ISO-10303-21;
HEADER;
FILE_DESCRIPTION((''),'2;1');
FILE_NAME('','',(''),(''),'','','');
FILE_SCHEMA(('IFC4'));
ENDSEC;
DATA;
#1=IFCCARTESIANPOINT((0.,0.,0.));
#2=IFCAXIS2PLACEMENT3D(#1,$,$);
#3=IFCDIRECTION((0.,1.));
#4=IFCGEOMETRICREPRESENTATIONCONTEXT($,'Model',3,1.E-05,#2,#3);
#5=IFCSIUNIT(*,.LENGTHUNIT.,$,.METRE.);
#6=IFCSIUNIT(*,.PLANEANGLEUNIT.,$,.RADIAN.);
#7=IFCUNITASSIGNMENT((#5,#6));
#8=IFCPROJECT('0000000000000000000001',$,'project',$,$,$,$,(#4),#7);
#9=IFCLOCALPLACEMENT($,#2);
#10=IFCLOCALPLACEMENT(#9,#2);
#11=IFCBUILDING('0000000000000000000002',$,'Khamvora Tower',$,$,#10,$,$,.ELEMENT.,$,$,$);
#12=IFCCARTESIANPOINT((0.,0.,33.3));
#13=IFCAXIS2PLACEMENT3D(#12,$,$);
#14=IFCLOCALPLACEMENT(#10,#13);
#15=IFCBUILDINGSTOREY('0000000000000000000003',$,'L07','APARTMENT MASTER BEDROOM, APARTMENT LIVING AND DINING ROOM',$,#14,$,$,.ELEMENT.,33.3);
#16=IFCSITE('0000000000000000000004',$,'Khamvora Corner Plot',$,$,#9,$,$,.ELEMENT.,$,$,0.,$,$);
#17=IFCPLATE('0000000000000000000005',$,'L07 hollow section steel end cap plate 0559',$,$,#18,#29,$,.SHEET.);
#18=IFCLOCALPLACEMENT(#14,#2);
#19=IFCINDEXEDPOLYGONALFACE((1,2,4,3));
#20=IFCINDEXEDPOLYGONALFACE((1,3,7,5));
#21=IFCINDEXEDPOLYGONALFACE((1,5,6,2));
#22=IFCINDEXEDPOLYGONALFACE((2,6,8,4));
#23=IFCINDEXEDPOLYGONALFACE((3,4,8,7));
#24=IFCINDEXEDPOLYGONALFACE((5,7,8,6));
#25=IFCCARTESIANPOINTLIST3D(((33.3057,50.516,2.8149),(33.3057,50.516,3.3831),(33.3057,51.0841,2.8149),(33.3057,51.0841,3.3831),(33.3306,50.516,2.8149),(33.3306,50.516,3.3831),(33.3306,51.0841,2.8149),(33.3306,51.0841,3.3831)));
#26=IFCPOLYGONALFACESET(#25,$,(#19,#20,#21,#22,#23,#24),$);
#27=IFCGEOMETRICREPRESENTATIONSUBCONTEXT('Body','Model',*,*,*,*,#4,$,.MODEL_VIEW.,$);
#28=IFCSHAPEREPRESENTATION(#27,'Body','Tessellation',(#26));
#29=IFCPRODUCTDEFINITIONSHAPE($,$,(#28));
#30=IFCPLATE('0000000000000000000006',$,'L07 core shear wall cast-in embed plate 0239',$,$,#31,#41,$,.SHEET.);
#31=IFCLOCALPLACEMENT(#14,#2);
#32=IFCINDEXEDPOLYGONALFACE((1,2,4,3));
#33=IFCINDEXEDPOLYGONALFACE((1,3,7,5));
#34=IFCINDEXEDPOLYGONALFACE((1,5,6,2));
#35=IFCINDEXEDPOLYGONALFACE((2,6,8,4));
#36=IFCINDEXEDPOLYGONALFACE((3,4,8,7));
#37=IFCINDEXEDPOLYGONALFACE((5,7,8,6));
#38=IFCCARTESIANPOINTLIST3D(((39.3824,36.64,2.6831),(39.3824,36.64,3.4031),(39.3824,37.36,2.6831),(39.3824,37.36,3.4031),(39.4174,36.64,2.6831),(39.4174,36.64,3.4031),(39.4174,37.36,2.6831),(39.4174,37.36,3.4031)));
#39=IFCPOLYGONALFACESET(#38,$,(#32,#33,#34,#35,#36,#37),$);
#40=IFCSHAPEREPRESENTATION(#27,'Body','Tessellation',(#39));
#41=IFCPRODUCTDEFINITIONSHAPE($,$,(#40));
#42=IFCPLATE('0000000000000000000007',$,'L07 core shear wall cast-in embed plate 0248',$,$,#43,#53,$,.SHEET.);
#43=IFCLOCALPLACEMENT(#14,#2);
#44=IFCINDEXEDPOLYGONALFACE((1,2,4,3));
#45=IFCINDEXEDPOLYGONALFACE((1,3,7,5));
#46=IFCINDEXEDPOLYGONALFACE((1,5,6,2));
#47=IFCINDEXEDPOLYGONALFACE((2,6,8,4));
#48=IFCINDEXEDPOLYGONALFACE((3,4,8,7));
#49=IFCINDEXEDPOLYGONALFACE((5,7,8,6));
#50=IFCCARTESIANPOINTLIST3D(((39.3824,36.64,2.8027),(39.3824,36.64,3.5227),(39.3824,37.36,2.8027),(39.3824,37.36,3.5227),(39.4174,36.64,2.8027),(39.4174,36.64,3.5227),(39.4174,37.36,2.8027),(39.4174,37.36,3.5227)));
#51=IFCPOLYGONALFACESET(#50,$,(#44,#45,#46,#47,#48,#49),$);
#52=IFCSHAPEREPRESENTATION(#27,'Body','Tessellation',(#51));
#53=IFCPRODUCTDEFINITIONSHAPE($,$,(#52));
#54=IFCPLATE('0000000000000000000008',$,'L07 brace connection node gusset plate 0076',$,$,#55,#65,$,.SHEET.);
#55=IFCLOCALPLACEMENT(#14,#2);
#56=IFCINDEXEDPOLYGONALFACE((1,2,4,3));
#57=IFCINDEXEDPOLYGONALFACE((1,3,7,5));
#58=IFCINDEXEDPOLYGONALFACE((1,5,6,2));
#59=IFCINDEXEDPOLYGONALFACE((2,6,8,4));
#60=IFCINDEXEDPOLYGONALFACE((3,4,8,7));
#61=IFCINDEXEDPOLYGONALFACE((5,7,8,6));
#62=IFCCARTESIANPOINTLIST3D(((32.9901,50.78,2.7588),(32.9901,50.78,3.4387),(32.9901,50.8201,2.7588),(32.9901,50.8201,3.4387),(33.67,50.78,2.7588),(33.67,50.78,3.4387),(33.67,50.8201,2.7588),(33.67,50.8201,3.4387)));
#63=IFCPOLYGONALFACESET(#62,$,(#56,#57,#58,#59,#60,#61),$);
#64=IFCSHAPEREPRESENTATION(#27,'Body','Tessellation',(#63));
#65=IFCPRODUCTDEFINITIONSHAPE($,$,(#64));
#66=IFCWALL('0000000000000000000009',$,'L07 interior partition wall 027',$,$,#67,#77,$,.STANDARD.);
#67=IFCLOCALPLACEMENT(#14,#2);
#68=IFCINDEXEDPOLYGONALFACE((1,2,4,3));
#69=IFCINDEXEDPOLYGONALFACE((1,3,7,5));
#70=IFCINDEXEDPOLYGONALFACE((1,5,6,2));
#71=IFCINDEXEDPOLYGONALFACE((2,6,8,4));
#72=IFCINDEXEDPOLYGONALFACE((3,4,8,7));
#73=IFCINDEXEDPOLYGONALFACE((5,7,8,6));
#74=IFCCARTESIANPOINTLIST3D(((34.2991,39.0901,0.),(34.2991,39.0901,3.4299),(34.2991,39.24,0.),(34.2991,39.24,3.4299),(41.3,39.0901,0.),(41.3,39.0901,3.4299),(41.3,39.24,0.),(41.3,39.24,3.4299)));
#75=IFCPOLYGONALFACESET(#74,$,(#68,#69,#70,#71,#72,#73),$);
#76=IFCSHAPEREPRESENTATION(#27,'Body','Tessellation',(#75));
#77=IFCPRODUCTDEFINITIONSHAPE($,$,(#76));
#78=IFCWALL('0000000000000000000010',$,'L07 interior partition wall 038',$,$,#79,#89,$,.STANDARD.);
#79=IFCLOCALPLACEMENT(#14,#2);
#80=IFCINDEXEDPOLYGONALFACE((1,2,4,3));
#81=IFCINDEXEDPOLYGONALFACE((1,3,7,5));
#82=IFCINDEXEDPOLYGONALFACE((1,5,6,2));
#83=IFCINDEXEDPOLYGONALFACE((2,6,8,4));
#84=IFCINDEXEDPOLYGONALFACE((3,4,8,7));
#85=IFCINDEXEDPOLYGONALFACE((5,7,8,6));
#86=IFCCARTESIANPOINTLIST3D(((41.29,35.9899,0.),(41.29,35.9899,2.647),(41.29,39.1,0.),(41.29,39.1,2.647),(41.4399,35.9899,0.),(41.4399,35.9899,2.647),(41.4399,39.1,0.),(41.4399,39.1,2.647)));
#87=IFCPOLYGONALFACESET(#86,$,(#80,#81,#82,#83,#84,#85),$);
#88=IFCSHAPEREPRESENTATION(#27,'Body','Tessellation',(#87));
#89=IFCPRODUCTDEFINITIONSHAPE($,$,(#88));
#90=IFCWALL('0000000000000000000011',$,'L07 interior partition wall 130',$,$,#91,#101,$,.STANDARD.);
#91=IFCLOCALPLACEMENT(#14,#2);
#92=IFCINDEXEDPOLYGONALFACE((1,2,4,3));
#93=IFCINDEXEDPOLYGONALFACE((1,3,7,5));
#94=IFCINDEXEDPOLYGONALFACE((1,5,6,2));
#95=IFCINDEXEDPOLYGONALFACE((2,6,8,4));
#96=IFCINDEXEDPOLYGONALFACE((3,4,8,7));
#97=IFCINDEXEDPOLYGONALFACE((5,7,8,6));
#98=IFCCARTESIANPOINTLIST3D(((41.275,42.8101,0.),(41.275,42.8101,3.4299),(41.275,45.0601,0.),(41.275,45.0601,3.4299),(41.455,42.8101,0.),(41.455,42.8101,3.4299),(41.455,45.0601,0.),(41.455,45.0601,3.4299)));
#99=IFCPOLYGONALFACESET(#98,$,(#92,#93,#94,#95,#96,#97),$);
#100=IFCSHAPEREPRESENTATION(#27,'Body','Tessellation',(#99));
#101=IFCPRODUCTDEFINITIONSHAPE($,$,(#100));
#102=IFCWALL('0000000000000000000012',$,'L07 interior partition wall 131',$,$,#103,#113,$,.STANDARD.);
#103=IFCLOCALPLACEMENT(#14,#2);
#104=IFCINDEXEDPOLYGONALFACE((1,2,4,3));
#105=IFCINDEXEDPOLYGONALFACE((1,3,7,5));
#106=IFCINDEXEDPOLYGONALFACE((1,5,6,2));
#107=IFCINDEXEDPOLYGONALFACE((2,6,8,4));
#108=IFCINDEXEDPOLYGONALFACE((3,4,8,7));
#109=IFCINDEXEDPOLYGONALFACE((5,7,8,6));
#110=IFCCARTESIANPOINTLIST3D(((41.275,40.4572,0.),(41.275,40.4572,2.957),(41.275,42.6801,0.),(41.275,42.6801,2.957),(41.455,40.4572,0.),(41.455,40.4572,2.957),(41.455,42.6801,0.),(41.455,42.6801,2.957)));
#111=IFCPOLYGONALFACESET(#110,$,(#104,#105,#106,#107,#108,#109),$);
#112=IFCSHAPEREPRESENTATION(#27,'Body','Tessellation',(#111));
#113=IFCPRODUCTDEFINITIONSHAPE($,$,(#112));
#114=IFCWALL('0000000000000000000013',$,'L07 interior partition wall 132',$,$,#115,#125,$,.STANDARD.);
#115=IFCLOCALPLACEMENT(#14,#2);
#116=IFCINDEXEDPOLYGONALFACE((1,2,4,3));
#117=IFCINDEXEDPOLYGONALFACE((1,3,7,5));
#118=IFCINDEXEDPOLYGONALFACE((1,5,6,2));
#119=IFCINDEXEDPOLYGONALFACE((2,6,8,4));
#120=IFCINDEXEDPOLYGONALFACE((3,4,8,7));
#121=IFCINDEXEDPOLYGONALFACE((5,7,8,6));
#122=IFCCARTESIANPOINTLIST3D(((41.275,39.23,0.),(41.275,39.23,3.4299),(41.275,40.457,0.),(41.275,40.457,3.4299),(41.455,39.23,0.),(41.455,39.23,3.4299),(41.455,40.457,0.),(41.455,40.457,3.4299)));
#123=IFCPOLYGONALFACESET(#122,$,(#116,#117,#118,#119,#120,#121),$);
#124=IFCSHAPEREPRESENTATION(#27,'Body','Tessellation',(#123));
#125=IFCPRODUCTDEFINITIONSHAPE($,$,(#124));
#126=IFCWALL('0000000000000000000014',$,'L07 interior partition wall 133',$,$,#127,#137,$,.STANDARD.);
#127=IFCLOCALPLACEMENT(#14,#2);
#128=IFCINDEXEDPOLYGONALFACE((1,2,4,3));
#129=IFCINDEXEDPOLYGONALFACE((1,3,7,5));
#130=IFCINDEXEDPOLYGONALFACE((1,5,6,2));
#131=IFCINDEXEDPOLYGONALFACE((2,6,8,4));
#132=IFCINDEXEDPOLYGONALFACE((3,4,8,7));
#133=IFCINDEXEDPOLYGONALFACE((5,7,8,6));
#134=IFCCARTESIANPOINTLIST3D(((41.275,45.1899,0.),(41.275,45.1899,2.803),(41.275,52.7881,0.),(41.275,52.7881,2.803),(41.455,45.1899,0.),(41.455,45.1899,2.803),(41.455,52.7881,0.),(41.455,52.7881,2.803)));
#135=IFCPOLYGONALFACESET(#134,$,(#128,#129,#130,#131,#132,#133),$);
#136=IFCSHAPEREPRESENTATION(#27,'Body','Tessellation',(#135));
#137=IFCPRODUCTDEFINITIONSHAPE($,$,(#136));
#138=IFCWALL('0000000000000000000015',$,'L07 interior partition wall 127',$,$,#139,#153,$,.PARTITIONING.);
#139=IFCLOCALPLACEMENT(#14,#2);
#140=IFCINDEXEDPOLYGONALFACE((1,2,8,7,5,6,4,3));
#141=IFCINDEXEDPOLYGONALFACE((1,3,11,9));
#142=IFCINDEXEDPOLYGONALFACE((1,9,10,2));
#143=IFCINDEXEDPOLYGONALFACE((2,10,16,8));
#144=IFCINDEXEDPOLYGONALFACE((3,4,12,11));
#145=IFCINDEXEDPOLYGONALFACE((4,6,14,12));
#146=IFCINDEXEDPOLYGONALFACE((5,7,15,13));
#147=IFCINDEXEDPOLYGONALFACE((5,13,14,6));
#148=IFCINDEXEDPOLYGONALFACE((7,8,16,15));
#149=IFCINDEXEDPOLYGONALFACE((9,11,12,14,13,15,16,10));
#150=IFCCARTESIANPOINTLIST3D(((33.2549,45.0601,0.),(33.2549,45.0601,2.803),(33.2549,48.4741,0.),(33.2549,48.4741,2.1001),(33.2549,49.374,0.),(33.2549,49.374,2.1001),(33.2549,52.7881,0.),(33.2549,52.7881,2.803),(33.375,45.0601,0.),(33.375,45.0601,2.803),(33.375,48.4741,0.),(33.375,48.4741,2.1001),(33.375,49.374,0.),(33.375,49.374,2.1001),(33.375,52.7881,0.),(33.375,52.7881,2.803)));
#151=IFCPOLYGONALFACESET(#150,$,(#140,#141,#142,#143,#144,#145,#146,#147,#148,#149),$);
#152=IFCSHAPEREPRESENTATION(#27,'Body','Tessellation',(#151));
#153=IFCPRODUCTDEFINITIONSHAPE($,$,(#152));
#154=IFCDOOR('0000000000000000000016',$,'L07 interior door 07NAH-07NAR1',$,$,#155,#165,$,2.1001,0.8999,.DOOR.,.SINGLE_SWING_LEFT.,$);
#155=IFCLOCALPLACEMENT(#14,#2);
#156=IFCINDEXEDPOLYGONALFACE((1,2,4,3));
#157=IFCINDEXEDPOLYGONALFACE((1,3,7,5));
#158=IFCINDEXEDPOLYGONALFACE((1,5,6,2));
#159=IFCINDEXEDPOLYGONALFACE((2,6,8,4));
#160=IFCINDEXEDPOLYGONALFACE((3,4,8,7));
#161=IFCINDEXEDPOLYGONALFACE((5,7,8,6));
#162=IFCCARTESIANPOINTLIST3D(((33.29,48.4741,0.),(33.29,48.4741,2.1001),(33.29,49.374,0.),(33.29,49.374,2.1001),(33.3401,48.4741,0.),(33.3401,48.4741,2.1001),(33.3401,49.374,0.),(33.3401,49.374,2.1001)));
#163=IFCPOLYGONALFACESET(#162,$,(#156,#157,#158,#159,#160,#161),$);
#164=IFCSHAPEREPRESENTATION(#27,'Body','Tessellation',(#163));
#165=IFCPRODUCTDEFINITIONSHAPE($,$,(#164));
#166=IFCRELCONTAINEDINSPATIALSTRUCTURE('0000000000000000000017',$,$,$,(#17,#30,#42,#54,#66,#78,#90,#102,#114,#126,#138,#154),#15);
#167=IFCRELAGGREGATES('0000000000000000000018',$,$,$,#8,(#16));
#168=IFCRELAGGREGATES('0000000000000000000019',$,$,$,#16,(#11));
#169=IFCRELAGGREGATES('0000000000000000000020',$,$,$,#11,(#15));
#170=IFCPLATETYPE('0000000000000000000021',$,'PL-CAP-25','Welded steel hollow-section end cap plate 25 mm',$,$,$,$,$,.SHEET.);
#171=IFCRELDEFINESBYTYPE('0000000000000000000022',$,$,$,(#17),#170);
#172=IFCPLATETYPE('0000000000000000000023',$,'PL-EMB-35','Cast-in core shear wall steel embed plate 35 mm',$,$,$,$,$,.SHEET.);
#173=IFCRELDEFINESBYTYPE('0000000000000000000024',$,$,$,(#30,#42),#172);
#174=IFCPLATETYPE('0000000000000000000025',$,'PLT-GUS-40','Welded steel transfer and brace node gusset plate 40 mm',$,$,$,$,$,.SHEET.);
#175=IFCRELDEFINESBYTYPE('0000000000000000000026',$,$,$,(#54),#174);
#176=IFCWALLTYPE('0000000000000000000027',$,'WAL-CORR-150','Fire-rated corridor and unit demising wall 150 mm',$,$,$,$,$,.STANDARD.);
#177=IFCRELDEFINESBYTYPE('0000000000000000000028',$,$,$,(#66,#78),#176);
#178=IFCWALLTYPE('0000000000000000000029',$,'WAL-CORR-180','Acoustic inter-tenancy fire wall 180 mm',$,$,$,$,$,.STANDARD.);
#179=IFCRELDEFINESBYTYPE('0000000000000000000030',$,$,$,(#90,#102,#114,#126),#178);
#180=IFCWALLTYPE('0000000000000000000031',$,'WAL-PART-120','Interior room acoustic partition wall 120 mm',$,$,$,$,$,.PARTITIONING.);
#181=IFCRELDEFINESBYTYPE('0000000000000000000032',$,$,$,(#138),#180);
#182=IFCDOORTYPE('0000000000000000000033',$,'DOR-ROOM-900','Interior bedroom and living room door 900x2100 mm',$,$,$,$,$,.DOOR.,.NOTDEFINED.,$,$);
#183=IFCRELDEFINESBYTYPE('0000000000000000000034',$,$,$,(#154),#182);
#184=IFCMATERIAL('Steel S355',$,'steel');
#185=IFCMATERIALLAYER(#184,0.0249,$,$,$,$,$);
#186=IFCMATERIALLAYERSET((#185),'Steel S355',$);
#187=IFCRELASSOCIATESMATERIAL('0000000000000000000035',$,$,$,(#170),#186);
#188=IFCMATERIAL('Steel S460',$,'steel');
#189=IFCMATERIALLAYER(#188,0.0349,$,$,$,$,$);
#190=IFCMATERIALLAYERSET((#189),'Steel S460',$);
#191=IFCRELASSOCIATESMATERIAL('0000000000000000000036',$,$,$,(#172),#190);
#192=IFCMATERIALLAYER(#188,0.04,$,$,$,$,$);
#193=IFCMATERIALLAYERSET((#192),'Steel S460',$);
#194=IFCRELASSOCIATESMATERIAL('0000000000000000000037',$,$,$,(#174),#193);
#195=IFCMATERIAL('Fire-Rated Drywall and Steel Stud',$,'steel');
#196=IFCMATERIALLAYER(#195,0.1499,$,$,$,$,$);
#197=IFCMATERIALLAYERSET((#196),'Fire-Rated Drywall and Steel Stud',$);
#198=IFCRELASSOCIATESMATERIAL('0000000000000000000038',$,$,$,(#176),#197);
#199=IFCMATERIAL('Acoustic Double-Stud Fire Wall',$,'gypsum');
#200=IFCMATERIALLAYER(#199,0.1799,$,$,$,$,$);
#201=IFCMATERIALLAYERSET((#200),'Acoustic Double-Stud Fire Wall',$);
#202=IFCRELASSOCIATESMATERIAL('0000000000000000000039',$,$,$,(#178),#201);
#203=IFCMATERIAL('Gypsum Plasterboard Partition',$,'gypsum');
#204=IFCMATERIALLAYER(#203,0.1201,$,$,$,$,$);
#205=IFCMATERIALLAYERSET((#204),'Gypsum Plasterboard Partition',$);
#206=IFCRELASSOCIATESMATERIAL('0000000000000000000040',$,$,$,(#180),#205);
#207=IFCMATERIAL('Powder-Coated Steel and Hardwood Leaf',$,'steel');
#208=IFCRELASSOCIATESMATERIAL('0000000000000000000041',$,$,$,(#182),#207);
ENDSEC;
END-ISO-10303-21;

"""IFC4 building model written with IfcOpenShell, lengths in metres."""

from ifc_helpers import new_model, si_unit, direction, frame, frame_2d, origin, origin_2d, place, context, subcontext, project, spatial, rectangle, extrude, material, layer, layer_set, type_object, element, fill, save


model = new_model("IFC4")

# Units and contexts
model_context = context("Model", 3, precision=1e-05, world=origin(), true_north=direction((0.0, 1.0)))
body_context = subcontext(model_context, "Body", "Model", "MODEL_VIEW")
ifc_project = project(units=[si_unit("LENGTHUNIT", "METRE"), si_unit("PLANEANGLEUNIT", "RADIAN")], contexts=[model_context])

# Site, building, storey
site_placement = place(None, origin())
site = spatial("IfcSite", under=ifc_project, at=site_placement, Name="Khamvora Corner Plot", CompositionType="ELEMENT", RefElevation=0.0)
building_placement = place(site_placement, origin())
building = spatial("IfcBuilding", under=site, at=building_placement, Name="Khamvora Tower", CompositionType="ELEMENT")
storey_placement = place(building_placement, frame((0.0, 0.0, 33.3)))
storey = spatial("IfcBuildingStorey", under=building, at=storey_placement, Name="L07", Description="APARTMENT MASTER BEDROOM, APARTMENT LIVING AND DINING ROOM", CompositionType="ELEMENT", Elevation=33.3)

# Shared definitions
ifc_material_1 = material(Name="Steel S460", Category="steel")

# Shared definitions
ifc_material_2 = material(Name="Steel S355", Category="steel")

# Plates
ifc_layer_1 = layer(ifc_material_2, 0.0249)
ifc_layer_set_1 = layer_set([ifc_layer_1], Name="Steel S355")
plate_type_1 = type_object("IfcPlateType", Name="PL-CAP-25", Description="Welded steel hollow-section end cap plate 25 mm", PredefinedType="SHEET", material=ifc_layer_set_1)
plate_1_placement = place(storey_placement, frame((33.3181, 50.8, 2.8149), z_axis=(0.0, 0.0, 1.0), x_axis=(-1.0, 0.0, 0.0)))
element("IfcPlate", 1, at=plate_1_placement, inside=storey, type_object=plate_type_1, Name="L07 hollow section steel end cap plate 0559", PredefinedType="SHEET", context=body_context, shape_type="SweptSolid", body=[
    extrude(rectangle(XDim=0.0249, YDim=0.5681, at=origin_2d()), origin(), (0.0, 0.0, 1.0), 0.5681),
])
ifc_layer_2 = layer(ifc_material_1, 0.0349)
ifc_layer_set_2 = layer_set([ifc_layer_2], Name="Steel S460")
plate_type_2 = type_object("IfcPlateType", Name="PL-EMB-35", Description="Cast-in core shear wall steel embed plate 35 mm", PredefinedType="SHEET", material=ifc_layer_set_2)
for number, where, z_axis, x_axis, name in (
    (2, (39.3999, 37.0, 2.6831), (0.0, 0.0, 1.0), (1.0, 0.0, 0.0), "L07 core shear wall cast-in embed plate 0239"),
    (3, (39.3999, 37.0, 2.8027), (0.0, 0.0, 1.0), (1.0, 0.0, 0.0), "L07 core shear wall cast-in embed plate 0248"),
):
    element("IfcPlate", number, at=place(storey_placement, frame(where, z_axis=z_axis, x_axis=x_axis)), inside=storey, type_object=plate_type_2, Name=name, PredefinedType="SHEET", context=body_context, shape_type="SweptSolid", body=[
        extrude(rectangle(XDim=0.0349, YDim=0.72, at=origin_2d()), origin(), (0.0, 0.0, 1.0), 0.72),
    ])
ifc_layer_3 = layer(ifc_material_1, 0.04)
ifc_layer_set_3 = layer_set([ifc_layer_3], Name="Steel S460")
plate_type_3 = type_object("IfcPlateType", Name="PLT-GUS-40", Description="Welded steel transfer and brace node gusset plate 40 mm", PredefinedType="SHEET", material=ifc_layer_set_3)
plate_2_placement = place(storey_placement, frame((33.3301, 50.8, 2.7588), z_axis=(0.0, 0.0, 1.0), x_axis=(1.0, 0.0, 0.0)))
element("IfcPlate", 4, at=plate_2_placement, inside=storey, type_object=plate_type_3, Name="L07 brace connection node gusset plate 0076", PredefinedType="SHEET", context=body_context, shape_type="SweptSolid", body=[
    extrude(rectangle(XDim=0.6799, YDim=0.04, at=origin_2d()), origin(), (0.0, 0.0, 1.0), 0.6799),
])

# Shared definitions
ifc_material_3 = material(Name="Fire-Rated Drywall and Steel Stud", Category="steel")
ifc_layer_4 = layer(ifc_material_3, 0.1499)
ifc_layer_set_4 = layer_set([ifc_layer_4], Name="Fire-Rated Drywall and Steel Stud")
wall_type_1 = type_object("IfcWallType", Name="WAL-CORR-150", Description="Fire-rated corridor and unit demising wall 150 mm", PredefinedType="STANDARD", material=ifc_layer_set_4)
ifc_material_4 = material(Name="Powder-Coated Steel and Hardwood Leaf", Category="steel")

# Walls
wall_1_placement = place(storey_placement, frame((34.2991, 39.165, 0.0), z_axis=(0.0, 0.0, 1.0), x_axis=(1.0, 0.0, 0.0)))
element("IfcWall", 5, at=wall_1_placement, inside=storey, type_object=wall_type_1, Name="L07 interior partition wall 027", PredefinedType="STANDARD", context=body_context, shape_type="SweptSolid", body=[
    extrude(rectangle(XDim=7.001, YDim=0.1499, at=frame_2d((3.5005, 0.0))), origin(), (0.0, 0.0, 1.0), 3.4299),
])
wall_2_placement = place(storey_placement, frame((41.365, 39.1001, 0.0), z_axis=(0.0, 0.0, 1.0), x_axis=(0.0, -1.0, 0.0)))
element("IfcWall", 6, at=wall_2_placement, inside=storey, type_object=wall_type_1, Name="L07 interior partition wall 038", PredefinedType="STANDARD", context=body_context, shape_type="SweptSolid", body=[
    extrude(rectangle(XDim=3.1101, YDim=0.1499, at=frame_2d((1.5552, 0.0))), origin(), (0.0, 0.0, 1.0), 2.647),
])
ifc_material_5 = material(Name="Acoustic Double-Stud Fire Wall", Category="gypsum")
ifc_layer_5 = layer(ifc_material_5, 0.1799)
ifc_layer_set_5 = layer_set([ifc_layer_5], Name="Acoustic Double-Stud Fire Wall")
wall_type_2 = type_object("IfcWallType", Name="WAL-CORR-180", Description="Acoustic inter-tenancy fire wall 180 mm", PredefinedType="STANDARD", material=ifc_layer_set_5)
wall_3_placement = place(storey_placement, frame((41.365, 45.0601, 0.0), z_axis=(0.0, 0.0, 1.0), x_axis=(0.0, -1.0, 0.0)))
element("IfcWall", 7, at=wall_3_placement, inside=storey, type_object=wall_type_2, Name="L07 interior partition wall 130", PredefinedType="STANDARD", context=body_context, shape_type="SweptSolid", body=[
    extrude(rectangle(XDim=2.25, YDim=0.1799, at=frame_2d((1.125, 0.0))), origin(), (0.0, 0.0, 1.0), 3.4299),
])
wall_4_placement = place(storey_placement, frame((41.365, 42.6799, 0.0), z_axis=(0.0, 0.0, 1.0), x_axis=(0.0, -1.0, 0.0)))
element("IfcWall", 8, at=wall_4_placement, inside=storey, type_object=wall_type_2, Name="L07 interior partition wall 131", PredefinedType="STANDARD", context=body_context, shape_type="SweptSolid", body=[
    extrude(rectangle(XDim=2.2229, YDim=0.1799, at=frame_2d((1.1113, 0.0))), origin(), (0.0, 0.0, 1.0), 2.957),
])
wall_5_placement = place(storey_placement, frame((41.365, 40.457, 0.0), z_axis=(0.0, 0.0, 1.0), x_axis=(0.0, -1.0, 0.0)))
element("IfcWall", 9, at=wall_5_placement, inside=storey, type_object=wall_type_2, Name="L07 interior partition wall 132", PredefinedType="STANDARD", context=body_context, shape_type="SweptSolid", body=[
    extrude(rectangle(XDim=1.2271, YDim=0.1799, at=frame_2d((0.6135, 0.0))), origin(), (0.0, 0.0, 1.0), 3.4299),
])
wall_6_placement = place(storey_placement, frame((41.365, 52.7881, 0.0), z_axis=(0.0, 0.0, 1.0), x_axis=(0.0, -1.0, 0.0)))
element("IfcWall", 10, at=wall_6_placement, inside=storey, type_object=wall_type_2, Name="L07 interior partition wall 133", PredefinedType="STANDARD", context=body_context, shape_type="SweptSolid", body=[
    extrude(rectangle(XDim=7.5981, YDim=0.1799, at=frame_2d((3.7991, 0.0))), origin(), (0.0, 0.0, 1.0), 2.803),
])

# Wall, opening, door
ifc_material_6 = material(Name="Gypsum Plasterboard Partition", Category="gypsum")
ifc_layer_6 = layer(ifc_material_6, 0.1201)
ifc_layer_set_6 = layer_set([ifc_layer_6], Name="Gypsum Plasterboard Partition")
wall_type_3 = type_object("IfcWallType", Name="WAL-PART-120", Description="Interior room acoustic partition wall 120 mm", PredefinedType="PARTITIONING", material=ifc_layer_set_6)
wall_7_placement = place(storey_placement, frame((33.3149, 45.0601, 0.0), z_axis=(0.0, 0.0, 1.0), x_axis=(0.0, 1.0, 0.0)))
wall_7 = element("IfcWall", 11, at=wall_7_placement, inside=storey, type_object=wall_type_3, Name="L07 interior partition wall 127", PredefinedType="PARTITIONING", context=body_context, shape_type="SweptSolid", body=[
    extrude(rectangle(XDim=7.728, YDim=0.1201, at=frame_2d((3.864, 0.0))), origin(), (0.0, 0.0, 1.0), 2.803),
])
opening_1_placement = place(wall_7_placement, frame((3.4141, 0.0, 0.0)))
opening_1 = element("IfcOpeningElement", 12, at=opening_1_placement, cuts=wall_7, PredefinedType="OPENING", context=body_context, shape_type="SweptSolid", body=[
    extrude(rectangle(XDim=0.8999, YDim=2.1001, at=frame_2d((0.45, 1.05))), frame((0.0, 0.0701, 0.0), z_axis=(0.0, -1.0, 0.0), x_axis=(1.0, 0.0, 0.0)), (0.0, 0.0, 1.0), 0.1401),
])
door_type_1 = type_object("IfcDoorType", Name="DOR-ROOM-900", Description="Interior bedroom and living room door 900x2100 mm", OperationType="NOTDEFINED", PredefinedType="DOOR", material=ifc_material_4)
door_1_placement = place(opening_1_placement, origin())
door_1 = element("IfcDoor", 13, at=door_1_placement, inside=storey, type_object=door_type_1, Name="L07 interior door 07NAH-07NAR1", OperationType="SINGLE_SWING_LEFT", OverallHeight=2.1001, OverallWidth=0.8999, PredefinedType="DOOR", context=body_context, shape_type="SweptSolid", body=[
    extrude(rectangle(XDim=0.8999, YDim=2.1001, at=frame_2d((0.45, 1.05))), frame((0.0, 0.0249, 0.0), z_axis=(0.0, -1.0, 0.0), x_axis=(1.0, 0.0, 0.0)), (0.0, 0.0, 1.0), 0.05),
])
fill(opening_1, door_1)

save(model, "model.ifc")
